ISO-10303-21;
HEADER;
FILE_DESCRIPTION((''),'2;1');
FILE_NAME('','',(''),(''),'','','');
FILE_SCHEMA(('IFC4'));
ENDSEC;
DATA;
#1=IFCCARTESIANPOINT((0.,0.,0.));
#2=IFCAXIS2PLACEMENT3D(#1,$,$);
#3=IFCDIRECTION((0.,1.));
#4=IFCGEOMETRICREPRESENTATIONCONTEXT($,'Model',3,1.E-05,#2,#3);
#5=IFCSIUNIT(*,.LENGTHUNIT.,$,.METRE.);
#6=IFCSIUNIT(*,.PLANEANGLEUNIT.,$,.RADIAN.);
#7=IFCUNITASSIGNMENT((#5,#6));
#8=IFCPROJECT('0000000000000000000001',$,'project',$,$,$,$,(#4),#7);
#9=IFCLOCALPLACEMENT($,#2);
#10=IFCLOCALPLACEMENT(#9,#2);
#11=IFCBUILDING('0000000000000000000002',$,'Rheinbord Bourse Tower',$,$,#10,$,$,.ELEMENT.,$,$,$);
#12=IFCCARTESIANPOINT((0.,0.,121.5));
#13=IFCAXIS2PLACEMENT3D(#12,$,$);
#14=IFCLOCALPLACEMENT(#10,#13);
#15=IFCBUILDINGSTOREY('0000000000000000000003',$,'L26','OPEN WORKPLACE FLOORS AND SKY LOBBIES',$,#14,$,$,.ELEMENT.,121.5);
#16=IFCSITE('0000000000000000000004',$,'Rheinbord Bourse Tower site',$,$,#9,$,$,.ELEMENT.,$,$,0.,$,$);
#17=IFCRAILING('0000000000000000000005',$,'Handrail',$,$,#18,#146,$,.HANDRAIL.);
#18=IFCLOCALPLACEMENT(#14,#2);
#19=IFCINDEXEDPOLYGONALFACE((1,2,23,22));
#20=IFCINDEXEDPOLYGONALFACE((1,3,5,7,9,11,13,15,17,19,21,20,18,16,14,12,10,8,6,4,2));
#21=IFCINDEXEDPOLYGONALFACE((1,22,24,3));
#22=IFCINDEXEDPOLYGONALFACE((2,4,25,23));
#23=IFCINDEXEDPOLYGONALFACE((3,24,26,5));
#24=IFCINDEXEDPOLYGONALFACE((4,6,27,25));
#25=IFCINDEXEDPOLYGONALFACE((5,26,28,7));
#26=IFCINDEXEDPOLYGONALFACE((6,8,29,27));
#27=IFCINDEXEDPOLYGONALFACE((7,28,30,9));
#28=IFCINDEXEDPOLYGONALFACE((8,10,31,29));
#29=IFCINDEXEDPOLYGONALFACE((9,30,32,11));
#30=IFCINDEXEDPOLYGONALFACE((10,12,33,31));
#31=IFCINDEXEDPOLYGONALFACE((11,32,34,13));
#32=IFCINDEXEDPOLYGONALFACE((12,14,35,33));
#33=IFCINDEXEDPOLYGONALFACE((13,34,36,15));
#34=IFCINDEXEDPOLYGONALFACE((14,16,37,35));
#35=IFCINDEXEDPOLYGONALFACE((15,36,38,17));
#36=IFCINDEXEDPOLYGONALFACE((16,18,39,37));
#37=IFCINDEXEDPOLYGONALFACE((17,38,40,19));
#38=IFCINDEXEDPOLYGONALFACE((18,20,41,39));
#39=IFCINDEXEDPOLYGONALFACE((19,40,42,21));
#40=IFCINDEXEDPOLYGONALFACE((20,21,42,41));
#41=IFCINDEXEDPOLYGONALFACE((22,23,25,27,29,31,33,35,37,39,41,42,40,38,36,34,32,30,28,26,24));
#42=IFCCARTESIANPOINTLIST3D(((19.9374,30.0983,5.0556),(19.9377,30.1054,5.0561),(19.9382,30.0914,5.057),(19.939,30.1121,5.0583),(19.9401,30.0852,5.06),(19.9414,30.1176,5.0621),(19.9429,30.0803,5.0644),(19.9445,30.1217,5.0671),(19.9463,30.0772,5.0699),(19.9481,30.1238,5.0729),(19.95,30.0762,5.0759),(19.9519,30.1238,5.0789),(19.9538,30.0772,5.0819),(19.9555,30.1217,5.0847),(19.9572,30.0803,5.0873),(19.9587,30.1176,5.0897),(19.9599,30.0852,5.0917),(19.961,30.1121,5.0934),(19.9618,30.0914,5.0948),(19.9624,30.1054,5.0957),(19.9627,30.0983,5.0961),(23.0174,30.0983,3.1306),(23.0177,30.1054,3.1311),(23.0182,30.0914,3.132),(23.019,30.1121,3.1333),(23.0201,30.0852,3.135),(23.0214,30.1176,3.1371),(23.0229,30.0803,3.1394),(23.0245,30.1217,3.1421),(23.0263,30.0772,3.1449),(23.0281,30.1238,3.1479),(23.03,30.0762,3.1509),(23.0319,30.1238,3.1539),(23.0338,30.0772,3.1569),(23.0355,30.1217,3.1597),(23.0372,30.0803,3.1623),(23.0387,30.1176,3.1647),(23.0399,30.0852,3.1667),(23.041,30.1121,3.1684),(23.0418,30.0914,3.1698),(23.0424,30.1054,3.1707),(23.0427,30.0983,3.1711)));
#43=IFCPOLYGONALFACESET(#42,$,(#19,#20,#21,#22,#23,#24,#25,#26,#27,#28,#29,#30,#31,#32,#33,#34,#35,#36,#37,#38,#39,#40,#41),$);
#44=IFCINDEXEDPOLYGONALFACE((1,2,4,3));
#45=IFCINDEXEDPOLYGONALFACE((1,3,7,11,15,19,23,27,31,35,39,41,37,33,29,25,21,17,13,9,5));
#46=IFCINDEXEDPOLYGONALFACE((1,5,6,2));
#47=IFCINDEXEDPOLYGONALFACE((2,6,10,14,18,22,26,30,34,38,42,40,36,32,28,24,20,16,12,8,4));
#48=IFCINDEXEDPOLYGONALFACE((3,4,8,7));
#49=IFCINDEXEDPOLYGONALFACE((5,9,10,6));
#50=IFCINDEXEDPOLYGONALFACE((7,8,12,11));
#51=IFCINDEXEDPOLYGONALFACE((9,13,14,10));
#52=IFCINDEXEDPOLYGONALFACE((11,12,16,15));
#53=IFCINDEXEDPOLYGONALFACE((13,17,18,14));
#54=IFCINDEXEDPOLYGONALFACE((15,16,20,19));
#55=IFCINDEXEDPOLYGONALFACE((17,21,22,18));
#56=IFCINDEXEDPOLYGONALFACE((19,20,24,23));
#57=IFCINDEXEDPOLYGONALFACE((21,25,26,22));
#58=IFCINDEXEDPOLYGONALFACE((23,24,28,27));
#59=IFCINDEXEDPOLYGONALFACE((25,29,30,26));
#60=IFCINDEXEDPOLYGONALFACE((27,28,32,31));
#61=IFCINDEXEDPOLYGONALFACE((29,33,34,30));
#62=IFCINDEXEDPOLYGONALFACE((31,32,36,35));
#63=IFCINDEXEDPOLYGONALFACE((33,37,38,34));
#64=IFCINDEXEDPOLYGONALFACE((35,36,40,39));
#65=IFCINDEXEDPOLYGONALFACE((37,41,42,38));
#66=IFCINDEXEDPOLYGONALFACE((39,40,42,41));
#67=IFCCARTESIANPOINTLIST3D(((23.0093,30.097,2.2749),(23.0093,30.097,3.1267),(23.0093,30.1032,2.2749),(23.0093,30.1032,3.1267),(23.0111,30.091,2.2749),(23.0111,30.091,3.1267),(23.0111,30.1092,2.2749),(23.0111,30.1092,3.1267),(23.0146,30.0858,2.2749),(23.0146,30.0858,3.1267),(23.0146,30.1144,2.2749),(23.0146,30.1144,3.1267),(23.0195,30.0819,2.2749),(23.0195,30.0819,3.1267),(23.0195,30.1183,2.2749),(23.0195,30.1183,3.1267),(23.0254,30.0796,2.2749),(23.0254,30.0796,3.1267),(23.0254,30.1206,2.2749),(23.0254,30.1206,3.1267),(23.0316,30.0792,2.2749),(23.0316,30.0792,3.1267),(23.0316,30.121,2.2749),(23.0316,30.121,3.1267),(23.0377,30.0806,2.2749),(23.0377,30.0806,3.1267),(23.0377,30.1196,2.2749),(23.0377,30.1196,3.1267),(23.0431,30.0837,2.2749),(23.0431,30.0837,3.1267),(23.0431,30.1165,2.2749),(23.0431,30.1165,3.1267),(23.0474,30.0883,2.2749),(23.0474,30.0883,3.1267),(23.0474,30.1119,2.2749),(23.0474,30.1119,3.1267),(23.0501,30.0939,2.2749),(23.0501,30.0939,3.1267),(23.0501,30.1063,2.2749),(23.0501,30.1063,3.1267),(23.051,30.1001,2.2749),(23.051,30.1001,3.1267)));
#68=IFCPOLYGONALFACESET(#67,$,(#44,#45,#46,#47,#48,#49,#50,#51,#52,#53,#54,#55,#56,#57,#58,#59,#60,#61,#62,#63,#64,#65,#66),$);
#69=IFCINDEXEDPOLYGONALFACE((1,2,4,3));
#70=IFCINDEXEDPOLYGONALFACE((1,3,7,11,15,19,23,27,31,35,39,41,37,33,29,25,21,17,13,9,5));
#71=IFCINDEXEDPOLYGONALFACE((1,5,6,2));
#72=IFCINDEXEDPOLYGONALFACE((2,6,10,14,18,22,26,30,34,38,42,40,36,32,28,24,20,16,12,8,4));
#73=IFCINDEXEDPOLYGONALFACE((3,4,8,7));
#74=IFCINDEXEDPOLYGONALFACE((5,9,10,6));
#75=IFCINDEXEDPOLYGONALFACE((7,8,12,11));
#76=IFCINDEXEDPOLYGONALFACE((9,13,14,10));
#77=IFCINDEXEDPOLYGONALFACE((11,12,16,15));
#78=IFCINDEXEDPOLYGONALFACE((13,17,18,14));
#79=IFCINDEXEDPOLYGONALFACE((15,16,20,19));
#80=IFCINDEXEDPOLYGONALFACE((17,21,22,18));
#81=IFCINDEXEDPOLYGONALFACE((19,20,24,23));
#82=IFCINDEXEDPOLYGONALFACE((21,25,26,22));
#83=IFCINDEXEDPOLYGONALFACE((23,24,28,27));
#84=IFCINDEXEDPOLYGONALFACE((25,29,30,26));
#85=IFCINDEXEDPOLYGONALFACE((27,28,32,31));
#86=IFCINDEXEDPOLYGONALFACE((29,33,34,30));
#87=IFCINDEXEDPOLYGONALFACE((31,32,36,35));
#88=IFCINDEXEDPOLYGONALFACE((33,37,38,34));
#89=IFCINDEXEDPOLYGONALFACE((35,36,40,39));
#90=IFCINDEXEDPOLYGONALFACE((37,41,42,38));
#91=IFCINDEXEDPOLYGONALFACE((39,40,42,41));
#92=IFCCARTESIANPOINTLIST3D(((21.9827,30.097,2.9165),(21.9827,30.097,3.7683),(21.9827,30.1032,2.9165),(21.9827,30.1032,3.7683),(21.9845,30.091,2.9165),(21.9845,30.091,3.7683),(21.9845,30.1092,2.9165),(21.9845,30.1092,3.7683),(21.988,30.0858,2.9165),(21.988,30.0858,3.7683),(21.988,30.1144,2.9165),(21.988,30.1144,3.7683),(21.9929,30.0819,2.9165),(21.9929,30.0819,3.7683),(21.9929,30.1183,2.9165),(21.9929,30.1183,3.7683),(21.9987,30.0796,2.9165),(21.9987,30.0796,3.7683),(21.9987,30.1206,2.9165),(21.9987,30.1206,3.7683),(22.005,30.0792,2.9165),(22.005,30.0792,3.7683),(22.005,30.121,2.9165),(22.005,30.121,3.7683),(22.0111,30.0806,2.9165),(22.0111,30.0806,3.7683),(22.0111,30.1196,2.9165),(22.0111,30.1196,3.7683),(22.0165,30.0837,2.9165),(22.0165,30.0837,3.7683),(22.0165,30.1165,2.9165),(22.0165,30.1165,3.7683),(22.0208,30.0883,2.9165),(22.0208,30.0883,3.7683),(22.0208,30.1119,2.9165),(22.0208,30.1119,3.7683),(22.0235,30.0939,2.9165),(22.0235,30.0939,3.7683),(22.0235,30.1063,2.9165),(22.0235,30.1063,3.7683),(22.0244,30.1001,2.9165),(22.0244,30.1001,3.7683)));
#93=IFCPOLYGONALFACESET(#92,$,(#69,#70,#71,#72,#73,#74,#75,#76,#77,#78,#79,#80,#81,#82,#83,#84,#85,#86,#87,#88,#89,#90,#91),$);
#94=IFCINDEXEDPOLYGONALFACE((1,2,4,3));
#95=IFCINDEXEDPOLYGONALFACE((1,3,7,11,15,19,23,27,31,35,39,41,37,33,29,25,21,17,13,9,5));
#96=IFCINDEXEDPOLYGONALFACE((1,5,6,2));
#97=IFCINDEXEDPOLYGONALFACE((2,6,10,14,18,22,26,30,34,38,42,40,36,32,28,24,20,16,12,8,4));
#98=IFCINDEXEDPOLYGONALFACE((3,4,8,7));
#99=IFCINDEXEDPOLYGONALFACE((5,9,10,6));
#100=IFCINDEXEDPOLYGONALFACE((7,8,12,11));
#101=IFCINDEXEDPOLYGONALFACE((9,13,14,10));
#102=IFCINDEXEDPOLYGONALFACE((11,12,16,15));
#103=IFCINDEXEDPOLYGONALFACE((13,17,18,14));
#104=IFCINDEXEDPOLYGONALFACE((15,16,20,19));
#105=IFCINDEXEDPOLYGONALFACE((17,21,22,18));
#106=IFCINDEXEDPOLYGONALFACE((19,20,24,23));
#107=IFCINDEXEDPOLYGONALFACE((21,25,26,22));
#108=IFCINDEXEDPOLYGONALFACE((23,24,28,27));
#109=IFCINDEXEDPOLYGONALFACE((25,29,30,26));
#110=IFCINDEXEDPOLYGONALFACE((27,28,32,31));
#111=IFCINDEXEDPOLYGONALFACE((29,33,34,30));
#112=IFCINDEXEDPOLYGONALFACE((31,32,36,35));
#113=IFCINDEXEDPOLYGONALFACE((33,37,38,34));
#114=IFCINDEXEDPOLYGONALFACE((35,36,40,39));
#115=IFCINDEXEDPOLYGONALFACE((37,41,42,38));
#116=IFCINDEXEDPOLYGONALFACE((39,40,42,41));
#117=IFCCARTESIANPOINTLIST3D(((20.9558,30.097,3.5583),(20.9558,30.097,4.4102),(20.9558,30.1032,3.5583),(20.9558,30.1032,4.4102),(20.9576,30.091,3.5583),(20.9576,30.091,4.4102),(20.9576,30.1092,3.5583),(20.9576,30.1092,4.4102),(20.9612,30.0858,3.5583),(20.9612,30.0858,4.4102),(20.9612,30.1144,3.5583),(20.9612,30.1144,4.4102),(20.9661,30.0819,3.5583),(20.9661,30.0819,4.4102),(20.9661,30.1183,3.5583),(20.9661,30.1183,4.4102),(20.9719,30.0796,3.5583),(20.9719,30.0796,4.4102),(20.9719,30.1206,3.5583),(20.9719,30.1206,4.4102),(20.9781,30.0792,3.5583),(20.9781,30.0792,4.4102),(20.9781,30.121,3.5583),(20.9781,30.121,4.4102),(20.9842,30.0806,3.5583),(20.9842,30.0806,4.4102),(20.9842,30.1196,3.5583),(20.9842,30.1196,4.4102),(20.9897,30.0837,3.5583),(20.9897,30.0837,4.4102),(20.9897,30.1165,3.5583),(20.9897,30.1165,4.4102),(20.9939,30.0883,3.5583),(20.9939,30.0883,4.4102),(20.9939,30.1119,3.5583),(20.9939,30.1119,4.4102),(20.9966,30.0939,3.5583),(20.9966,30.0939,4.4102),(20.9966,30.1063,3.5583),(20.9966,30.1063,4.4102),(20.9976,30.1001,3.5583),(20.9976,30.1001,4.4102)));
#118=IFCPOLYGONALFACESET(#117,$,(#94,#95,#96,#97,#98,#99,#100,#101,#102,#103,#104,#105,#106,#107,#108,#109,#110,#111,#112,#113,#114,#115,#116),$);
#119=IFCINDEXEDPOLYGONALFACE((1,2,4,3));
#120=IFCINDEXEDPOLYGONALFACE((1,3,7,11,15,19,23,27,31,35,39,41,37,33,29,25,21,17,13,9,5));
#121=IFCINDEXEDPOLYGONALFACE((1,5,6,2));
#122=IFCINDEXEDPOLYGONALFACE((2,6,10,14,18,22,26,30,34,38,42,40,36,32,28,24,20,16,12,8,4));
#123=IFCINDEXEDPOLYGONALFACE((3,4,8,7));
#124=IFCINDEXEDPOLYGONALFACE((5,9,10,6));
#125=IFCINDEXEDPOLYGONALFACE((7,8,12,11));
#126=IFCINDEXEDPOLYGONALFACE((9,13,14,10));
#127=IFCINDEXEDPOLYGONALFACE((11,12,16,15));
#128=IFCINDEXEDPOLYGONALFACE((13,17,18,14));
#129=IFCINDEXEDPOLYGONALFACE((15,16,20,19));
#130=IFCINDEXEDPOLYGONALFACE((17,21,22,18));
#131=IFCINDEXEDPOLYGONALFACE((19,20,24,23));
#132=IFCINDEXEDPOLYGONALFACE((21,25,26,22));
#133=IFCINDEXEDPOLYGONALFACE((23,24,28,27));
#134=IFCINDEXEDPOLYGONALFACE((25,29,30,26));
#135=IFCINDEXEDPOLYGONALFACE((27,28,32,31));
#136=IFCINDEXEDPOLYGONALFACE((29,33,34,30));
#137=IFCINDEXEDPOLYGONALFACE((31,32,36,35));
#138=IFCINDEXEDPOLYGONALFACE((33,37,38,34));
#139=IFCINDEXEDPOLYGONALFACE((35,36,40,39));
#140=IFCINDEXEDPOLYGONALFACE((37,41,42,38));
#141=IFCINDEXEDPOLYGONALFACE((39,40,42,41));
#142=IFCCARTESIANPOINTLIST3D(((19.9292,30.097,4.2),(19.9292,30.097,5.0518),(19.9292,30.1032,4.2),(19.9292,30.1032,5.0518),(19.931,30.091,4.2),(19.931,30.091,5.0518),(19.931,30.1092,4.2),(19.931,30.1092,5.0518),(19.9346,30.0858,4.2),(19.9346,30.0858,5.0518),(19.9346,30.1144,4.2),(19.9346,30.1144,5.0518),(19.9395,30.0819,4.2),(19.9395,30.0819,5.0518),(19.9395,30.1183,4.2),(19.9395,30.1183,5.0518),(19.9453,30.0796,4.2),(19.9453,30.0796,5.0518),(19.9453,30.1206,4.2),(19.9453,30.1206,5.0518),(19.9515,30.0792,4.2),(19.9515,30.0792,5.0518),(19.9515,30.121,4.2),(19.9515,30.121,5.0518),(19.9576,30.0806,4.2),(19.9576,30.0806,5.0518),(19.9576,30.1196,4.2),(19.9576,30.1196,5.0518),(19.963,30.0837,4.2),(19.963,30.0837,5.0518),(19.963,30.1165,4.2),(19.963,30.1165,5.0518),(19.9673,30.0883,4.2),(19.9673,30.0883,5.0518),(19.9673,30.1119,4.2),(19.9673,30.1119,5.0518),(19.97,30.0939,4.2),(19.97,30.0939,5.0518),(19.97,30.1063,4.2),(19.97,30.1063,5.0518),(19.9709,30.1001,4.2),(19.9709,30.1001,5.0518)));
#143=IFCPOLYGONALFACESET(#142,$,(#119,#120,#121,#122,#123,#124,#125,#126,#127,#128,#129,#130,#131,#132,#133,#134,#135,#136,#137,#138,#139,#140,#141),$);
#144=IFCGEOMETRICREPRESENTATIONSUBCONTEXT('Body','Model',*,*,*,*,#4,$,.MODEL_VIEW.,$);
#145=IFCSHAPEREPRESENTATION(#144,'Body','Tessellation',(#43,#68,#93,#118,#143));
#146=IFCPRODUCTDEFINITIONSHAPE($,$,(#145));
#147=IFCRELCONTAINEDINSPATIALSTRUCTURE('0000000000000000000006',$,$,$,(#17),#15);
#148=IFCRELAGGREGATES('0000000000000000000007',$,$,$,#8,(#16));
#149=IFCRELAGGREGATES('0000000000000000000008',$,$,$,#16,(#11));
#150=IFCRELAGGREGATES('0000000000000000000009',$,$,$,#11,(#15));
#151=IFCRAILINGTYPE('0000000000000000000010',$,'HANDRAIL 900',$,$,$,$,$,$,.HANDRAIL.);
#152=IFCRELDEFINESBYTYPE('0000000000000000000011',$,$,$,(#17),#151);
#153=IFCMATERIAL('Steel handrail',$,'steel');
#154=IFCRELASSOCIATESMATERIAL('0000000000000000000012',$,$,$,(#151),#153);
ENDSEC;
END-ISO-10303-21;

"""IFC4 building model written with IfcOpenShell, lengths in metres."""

from ifc_helpers import new_model, si_unit, direction, frame, origin, origin_2d, place, context, subcontext, project, spatial, circle, extrude, material, type_object, element, save


model = new_model("IFC4")

# Units and contexts
model_context = context("Model", 3, precision=1e-05, world=origin(), true_north=direction((0.0, 1.0)))
body_context = subcontext(model_context, "Body", "Model", "MODEL_VIEW")
ifc_project = project(units=[si_unit("LENGTHUNIT", "METRE"), si_unit("PLANEANGLEUNIT", "RADIAN")], contexts=[model_context])

# Site, building, storey
site_placement = place(None, origin())
site = spatial("IfcSite", under=ifc_project, at=site_placement, Name="Rheinbord Bourse Tower site", CompositionType="ELEMENT", RefElevation=0.0)
building_placement = place(site_placement, origin())
building = spatial("IfcBuilding", under=site, at=building_placement, Name="Rheinbord Bourse Tower", CompositionType="ELEMENT")
storey_placement = place(building_placement, frame((0.0, 0.0, 121.5)))
storey = spatial("IfcBuildingStorey", under=building, at=storey_placement, Name="L26", Description="OPEN WORKPLACE FLOORS AND SKY LOBBIES", CompositionType="ELEMENT", Elevation=121.5)

# Railing
ifc_material_1 = material(Name="Steel handrail", Category="steel")
railing_type = type_object("IfcRailingType", Name="HANDRAIL 900", PredefinedType="HANDRAIL", material=ifc_material_1)
railing_1_placement = place(storey_placement, frame((23.03, 30.1001, 2.2749)))
element("IfcRailing", 1, at=railing_1_placement, inside=storey, type_object=railing_type, Name="Handrail", PredefinedType="HANDRAIL", context=body_context, shape_type="SweptSolid", body=[
    extrude(circle(Radius=0.0239, at=origin_2d()), frame((0.0, 0.0, 0.876), z_axis=(-0.847998, 0.0, 0.529999), x_axis=(0.0, -1.0, 0.0)), (0.0, 0.0, 1.0), 3.6321),
    extrude(circle(Radius=0.021, at=origin_2d()), origin(), (0.0, 0.0, 1.0), 0.8518),
    extrude(circle(Radius=0.021, at=origin_2d()), frame((-1.0266, 0.0, 0.6416)), (0.0, 0.0, 1.0), 0.8518),
    extrude(circle(Radius=0.021, at=origin_2d()), frame((-2.0535, 0.0, 1.2834)), (0.0, 0.0, 1.0), 0.8518),
    extrude(circle(Radius=0.021, at=origin_2d()), frame((-3.0801, 0.0, 1.925)), (0.0, 0.0, 1.0), 0.8518),
])

save(model, "model.ifc")
